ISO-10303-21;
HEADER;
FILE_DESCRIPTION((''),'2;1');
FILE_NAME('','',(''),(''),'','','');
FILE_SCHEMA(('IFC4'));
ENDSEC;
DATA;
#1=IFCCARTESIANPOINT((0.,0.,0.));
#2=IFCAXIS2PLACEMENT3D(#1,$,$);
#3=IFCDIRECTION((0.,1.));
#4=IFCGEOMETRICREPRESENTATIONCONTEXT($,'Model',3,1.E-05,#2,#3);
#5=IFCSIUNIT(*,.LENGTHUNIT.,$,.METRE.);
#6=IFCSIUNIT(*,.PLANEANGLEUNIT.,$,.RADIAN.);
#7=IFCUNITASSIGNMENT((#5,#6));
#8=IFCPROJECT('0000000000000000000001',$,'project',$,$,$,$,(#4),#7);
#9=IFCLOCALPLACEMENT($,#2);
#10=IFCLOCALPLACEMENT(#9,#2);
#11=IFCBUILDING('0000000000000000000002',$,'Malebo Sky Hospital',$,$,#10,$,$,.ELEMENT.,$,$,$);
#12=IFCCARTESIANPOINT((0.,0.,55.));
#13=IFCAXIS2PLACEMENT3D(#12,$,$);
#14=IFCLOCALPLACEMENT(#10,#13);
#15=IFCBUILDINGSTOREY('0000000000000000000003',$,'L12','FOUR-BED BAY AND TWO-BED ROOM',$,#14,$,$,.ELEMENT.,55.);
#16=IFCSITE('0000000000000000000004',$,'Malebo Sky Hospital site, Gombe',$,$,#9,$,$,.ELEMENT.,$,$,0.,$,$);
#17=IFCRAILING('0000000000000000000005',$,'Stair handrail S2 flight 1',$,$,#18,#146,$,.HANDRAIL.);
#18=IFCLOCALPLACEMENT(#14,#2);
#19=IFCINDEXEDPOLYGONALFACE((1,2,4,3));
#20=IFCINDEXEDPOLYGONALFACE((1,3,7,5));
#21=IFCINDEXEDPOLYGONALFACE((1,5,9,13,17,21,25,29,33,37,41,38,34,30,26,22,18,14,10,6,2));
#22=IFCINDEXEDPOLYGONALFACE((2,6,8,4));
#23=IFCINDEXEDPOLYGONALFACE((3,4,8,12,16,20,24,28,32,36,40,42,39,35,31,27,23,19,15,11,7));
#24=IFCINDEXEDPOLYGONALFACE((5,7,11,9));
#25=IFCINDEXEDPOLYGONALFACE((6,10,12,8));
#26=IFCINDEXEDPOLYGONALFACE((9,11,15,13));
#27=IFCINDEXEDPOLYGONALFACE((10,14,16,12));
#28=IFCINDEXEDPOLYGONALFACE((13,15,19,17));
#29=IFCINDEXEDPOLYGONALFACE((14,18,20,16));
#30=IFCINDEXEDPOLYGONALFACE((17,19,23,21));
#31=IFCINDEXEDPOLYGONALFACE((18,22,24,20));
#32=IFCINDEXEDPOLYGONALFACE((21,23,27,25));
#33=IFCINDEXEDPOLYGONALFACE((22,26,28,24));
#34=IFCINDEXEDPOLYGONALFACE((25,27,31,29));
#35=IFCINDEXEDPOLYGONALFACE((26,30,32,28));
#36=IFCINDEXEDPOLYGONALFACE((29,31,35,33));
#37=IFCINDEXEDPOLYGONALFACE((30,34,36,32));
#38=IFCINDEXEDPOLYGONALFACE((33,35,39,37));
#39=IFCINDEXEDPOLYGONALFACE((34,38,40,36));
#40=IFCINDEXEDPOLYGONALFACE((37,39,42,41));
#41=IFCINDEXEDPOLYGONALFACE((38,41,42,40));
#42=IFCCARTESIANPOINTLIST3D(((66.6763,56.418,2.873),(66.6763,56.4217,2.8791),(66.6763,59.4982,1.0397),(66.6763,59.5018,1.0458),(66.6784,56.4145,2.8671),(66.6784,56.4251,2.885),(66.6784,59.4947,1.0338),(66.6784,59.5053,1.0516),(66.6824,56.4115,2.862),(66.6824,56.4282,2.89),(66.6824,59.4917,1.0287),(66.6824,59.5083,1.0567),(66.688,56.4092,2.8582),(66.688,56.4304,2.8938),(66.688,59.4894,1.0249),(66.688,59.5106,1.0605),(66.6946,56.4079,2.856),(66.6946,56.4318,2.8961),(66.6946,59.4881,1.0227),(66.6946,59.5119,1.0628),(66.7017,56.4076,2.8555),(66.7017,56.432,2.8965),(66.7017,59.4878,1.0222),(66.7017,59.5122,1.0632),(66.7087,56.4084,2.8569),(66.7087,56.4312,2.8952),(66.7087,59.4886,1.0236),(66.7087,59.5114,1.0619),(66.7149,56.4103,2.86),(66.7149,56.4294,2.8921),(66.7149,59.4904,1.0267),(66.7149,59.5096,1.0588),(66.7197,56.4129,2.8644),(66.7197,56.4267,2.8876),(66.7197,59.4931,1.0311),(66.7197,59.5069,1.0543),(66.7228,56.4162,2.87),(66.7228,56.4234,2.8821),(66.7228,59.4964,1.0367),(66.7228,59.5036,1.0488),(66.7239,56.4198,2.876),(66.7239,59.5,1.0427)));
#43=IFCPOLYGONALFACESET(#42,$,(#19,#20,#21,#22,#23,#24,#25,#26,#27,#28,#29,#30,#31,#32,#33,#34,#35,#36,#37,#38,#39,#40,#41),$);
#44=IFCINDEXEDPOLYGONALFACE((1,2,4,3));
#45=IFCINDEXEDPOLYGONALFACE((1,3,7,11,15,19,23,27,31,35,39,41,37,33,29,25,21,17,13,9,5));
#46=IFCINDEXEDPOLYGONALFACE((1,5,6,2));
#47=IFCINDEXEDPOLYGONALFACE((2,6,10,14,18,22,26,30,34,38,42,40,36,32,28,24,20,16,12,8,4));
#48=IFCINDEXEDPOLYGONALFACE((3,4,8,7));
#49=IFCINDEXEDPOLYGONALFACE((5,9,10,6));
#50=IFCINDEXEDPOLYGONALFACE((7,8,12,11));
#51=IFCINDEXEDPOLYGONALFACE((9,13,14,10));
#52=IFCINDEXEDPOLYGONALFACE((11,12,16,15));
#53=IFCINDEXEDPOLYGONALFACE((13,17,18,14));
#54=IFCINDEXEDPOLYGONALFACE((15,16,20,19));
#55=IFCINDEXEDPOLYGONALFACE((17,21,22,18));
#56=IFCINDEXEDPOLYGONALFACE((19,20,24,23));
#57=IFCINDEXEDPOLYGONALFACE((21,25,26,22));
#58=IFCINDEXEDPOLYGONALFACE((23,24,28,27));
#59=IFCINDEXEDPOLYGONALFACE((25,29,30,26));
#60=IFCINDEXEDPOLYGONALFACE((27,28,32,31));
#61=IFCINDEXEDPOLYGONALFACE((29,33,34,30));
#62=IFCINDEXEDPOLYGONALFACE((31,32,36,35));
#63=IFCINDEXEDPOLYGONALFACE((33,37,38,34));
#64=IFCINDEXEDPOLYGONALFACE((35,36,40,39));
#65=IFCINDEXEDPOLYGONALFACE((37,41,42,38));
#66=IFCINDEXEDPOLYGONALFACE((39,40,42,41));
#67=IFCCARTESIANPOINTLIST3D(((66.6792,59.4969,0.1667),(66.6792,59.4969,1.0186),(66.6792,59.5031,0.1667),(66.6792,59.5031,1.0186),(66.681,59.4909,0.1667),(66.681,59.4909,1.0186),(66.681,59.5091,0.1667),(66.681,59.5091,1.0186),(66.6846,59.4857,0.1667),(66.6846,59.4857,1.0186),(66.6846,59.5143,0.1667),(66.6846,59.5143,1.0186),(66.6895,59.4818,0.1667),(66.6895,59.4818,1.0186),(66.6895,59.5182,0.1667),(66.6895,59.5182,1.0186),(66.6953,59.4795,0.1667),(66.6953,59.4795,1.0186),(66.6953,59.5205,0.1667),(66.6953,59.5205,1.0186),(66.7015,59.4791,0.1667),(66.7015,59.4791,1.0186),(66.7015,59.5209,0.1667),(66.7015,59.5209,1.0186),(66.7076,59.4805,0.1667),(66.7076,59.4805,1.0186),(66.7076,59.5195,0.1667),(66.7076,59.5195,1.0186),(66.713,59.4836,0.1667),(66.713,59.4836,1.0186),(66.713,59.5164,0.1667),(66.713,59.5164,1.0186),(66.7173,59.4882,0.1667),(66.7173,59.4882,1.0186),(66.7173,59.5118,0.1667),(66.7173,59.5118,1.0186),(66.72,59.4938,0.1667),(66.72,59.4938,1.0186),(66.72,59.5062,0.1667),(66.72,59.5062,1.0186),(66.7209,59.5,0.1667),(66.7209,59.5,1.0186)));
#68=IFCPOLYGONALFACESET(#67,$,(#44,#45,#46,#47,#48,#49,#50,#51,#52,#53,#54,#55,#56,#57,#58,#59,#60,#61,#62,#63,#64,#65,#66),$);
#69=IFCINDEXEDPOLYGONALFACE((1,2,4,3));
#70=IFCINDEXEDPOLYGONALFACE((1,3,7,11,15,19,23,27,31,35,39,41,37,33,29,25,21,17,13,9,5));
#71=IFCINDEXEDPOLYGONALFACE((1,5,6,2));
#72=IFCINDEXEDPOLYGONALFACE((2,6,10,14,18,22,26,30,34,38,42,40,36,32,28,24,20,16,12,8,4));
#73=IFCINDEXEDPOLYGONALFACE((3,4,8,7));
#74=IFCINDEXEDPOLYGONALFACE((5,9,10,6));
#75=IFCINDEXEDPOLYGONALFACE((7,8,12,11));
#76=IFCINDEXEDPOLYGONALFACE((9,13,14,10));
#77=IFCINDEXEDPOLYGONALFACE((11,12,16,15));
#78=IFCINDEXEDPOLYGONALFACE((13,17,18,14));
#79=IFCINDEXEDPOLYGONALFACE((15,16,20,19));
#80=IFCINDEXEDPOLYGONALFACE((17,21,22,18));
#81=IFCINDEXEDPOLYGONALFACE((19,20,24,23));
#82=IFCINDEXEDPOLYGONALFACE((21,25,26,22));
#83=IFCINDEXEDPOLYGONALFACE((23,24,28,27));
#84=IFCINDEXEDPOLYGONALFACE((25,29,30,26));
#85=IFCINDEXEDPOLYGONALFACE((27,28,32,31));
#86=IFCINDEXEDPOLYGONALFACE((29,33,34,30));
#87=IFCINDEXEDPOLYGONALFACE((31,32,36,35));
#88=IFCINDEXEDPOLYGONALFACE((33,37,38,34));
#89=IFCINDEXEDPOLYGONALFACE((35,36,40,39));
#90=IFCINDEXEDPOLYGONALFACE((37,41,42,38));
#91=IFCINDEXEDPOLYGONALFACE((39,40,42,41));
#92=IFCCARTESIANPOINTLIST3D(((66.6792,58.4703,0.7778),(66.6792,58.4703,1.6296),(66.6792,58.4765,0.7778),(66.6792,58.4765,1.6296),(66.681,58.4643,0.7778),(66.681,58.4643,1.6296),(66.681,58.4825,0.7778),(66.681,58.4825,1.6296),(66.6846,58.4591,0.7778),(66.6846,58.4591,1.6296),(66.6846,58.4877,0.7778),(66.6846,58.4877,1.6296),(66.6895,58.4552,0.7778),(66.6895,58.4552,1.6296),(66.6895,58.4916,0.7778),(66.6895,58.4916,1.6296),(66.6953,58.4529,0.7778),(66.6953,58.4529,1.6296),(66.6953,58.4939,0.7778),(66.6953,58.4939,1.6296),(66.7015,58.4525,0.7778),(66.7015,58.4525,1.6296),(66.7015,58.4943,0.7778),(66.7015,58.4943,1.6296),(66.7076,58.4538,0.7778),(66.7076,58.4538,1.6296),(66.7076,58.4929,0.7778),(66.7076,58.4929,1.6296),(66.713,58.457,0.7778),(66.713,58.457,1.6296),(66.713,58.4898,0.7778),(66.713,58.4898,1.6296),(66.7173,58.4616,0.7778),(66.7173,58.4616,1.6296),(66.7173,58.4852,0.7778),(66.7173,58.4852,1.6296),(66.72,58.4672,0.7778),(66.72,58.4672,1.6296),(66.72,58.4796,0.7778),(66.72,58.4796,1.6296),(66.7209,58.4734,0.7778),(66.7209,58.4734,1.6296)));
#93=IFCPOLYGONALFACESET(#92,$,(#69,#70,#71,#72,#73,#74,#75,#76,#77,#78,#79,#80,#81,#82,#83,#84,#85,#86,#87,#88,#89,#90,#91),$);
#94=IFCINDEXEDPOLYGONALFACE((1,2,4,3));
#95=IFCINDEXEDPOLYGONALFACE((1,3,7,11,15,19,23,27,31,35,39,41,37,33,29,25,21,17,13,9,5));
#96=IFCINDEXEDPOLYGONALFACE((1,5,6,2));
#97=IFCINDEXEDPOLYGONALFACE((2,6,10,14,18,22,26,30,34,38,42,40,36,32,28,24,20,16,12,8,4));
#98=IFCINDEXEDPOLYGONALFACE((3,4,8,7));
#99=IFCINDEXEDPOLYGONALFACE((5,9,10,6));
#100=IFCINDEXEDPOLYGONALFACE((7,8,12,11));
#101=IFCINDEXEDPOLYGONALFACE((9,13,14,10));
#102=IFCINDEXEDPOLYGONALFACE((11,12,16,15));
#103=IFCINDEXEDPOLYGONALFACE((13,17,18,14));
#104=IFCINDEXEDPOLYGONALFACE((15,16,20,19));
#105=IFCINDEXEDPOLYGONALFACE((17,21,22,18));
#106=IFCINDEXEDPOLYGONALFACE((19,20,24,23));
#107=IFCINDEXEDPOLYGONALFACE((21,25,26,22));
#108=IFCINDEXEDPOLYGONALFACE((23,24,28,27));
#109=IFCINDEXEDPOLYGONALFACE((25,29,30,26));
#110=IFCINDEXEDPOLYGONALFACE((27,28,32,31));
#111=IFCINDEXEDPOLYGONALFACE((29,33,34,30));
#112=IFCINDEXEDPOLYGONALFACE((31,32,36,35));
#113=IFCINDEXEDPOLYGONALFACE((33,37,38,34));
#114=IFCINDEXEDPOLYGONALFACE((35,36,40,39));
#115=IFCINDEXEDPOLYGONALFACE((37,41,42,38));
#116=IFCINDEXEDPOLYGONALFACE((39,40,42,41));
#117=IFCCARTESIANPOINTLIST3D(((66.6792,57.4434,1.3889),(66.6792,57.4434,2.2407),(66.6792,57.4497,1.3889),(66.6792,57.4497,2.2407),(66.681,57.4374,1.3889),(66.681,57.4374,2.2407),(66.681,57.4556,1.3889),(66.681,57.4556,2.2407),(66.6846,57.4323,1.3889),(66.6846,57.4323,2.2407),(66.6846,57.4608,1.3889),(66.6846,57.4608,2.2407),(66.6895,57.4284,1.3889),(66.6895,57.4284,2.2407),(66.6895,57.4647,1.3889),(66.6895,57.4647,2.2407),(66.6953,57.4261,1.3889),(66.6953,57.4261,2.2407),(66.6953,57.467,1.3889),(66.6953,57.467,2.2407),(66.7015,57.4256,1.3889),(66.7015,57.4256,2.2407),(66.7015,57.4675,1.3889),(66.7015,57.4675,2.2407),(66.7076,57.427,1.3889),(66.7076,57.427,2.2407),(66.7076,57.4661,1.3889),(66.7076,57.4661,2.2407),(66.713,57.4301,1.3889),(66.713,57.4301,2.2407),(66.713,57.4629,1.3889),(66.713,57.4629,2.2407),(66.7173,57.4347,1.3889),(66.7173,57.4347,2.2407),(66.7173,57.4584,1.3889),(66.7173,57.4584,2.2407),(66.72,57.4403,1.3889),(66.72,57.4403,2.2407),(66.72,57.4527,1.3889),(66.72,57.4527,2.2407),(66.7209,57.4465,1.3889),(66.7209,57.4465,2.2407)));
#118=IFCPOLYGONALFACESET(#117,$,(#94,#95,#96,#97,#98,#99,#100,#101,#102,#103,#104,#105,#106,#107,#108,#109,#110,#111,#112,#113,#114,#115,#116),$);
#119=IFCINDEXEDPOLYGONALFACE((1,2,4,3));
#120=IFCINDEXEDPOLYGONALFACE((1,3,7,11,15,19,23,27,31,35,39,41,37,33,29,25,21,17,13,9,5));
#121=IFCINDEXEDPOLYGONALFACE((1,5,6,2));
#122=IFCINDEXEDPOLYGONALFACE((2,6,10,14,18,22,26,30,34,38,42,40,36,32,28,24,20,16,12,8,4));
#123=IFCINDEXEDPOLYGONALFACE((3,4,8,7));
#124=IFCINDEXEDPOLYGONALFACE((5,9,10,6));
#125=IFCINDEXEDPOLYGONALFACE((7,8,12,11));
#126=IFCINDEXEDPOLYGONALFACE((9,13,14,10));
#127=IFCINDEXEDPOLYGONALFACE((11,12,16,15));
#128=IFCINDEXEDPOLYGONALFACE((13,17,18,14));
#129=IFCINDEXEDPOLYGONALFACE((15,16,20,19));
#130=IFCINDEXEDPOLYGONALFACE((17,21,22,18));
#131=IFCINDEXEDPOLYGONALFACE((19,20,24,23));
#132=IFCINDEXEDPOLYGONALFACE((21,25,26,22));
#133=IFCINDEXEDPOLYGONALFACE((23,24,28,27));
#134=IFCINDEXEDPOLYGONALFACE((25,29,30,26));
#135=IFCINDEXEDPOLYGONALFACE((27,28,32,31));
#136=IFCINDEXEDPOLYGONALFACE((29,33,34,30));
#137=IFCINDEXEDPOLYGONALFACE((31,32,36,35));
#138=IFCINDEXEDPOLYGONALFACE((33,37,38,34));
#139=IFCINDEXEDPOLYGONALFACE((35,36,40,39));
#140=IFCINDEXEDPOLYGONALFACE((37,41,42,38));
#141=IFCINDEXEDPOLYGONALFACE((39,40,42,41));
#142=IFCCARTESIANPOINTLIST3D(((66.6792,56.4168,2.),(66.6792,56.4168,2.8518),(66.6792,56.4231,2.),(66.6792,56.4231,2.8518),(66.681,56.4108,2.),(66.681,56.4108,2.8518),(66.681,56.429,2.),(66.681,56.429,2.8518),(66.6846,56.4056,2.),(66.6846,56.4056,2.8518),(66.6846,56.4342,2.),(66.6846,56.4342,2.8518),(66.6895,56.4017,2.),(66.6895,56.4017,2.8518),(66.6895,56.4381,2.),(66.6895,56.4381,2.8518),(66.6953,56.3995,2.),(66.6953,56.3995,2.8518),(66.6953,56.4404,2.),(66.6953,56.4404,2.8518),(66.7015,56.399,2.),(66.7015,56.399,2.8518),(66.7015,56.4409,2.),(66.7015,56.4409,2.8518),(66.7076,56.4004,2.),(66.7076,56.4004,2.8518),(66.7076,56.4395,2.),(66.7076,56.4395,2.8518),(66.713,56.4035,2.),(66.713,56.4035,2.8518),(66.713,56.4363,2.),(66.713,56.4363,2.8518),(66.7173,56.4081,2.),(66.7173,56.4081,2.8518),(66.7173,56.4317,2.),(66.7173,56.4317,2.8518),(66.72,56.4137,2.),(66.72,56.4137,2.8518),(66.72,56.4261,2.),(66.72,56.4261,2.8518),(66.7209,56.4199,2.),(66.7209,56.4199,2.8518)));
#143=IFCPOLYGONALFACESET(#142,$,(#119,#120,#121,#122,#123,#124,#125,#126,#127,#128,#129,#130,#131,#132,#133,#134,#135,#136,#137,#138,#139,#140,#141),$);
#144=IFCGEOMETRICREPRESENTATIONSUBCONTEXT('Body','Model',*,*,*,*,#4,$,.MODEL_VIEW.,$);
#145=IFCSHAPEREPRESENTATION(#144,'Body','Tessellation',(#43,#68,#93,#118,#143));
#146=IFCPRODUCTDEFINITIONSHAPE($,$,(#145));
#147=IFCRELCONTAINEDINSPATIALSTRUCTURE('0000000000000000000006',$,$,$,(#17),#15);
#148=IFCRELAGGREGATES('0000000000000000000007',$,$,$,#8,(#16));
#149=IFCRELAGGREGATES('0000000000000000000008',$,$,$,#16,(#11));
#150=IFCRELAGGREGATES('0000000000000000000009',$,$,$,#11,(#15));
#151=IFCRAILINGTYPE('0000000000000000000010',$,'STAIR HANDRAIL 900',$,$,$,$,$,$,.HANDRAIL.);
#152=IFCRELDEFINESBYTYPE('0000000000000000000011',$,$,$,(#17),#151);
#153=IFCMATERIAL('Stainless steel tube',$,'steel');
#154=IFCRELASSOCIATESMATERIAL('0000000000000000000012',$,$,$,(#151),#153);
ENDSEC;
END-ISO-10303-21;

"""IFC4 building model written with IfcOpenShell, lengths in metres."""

from ifc_helpers import new_model, si_unit, direction, frame, origin, origin_2d, place, context, subcontext, project, spatial, circle, extrude, material, type_object, element, save


model = new_model("IFC4")

# Units and contexts
model_context = context("Model", 3, precision=1e-05, world=origin(), true_north=direction((0.0, 1.0)))
body_context = subcontext(model_context, "Body", "Model", "MODEL_VIEW")
ifc_project = project(units=[si_unit("LENGTHUNIT", "METRE"), si_unit("PLANEANGLEUNIT", "RADIAN")], contexts=[model_context])

# Site, building, storey
site_placement = place(None, origin())
site = spatial("IfcSite", under=ifc_project, at=site_placement, Name="Malebo Sky Hospital site, Gombe", CompositionType="ELEMENT", RefElevation=0.0)
building_placement = place(site_placement, origin())
building = spatial("IfcBuilding", under=site, at=building_placement, Name="Malebo Sky Hospital", CompositionType="ELEMENT")
storey_placement = place(building_placement, frame((0.0, 0.0, 55.0)))
storey = spatial("IfcBuildingStorey", under=building, at=storey_placement, Name="L12", Description="FOUR-BED BAY AND TWO-BED ROOM", CompositionType="ELEMENT", Elevation=55.0)

# Railing
ifc_material_1 = material(Name="Stainless steel tube", Category="steel")
railing_type = type_object("IfcRailingType", Name="STAIR HANDRAIL 900", PredefinedType="HANDRAIL", material=ifc_material_1)
railing_1_placement = place(storey_placement, frame((66.7, 59.5, 0.1667)))
element("IfcRailing", 1, at=railing_1_placement, inside=storey, type_object=railing_type, Name="Stair handrail S2 flight 1", PredefinedType="HANDRAIL", context=body_context, shape_type="SweptSolid", body=[
    extrude(circle(Radius=0.0239, at=origin_2d()), frame((0.0, 0.0, 0.876), z_axis=(0.0, -0.859309, 0.511458), x_axis=(1.0, 0.0, 0.0)), (0.0, 0.0, 1.0), 3.5845),
    extrude(circle(Radius=0.021, at=origin_2d()), origin(), (0.0, 0.0, 1.0), 0.8518),
    extrude(circle(Radius=0.021, at=origin_2d()), frame((0.0, -1.0266, 0.6111)), (0.0, 0.0, 1.0), 0.8518),
    extrude(circle(Radius=0.021, at=origin_2d()), frame((0.0, -2.0535, 1.2222)), (0.0, 0.0, 1.0), 0.8518),
    extrude(circle(Radius=0.021, at=origin_2d()), frame((0.0, -3.0801, 1.8333)), (0.0, 0.0, 1.0), 0.8518),
])

save(model, "model.ifc")
